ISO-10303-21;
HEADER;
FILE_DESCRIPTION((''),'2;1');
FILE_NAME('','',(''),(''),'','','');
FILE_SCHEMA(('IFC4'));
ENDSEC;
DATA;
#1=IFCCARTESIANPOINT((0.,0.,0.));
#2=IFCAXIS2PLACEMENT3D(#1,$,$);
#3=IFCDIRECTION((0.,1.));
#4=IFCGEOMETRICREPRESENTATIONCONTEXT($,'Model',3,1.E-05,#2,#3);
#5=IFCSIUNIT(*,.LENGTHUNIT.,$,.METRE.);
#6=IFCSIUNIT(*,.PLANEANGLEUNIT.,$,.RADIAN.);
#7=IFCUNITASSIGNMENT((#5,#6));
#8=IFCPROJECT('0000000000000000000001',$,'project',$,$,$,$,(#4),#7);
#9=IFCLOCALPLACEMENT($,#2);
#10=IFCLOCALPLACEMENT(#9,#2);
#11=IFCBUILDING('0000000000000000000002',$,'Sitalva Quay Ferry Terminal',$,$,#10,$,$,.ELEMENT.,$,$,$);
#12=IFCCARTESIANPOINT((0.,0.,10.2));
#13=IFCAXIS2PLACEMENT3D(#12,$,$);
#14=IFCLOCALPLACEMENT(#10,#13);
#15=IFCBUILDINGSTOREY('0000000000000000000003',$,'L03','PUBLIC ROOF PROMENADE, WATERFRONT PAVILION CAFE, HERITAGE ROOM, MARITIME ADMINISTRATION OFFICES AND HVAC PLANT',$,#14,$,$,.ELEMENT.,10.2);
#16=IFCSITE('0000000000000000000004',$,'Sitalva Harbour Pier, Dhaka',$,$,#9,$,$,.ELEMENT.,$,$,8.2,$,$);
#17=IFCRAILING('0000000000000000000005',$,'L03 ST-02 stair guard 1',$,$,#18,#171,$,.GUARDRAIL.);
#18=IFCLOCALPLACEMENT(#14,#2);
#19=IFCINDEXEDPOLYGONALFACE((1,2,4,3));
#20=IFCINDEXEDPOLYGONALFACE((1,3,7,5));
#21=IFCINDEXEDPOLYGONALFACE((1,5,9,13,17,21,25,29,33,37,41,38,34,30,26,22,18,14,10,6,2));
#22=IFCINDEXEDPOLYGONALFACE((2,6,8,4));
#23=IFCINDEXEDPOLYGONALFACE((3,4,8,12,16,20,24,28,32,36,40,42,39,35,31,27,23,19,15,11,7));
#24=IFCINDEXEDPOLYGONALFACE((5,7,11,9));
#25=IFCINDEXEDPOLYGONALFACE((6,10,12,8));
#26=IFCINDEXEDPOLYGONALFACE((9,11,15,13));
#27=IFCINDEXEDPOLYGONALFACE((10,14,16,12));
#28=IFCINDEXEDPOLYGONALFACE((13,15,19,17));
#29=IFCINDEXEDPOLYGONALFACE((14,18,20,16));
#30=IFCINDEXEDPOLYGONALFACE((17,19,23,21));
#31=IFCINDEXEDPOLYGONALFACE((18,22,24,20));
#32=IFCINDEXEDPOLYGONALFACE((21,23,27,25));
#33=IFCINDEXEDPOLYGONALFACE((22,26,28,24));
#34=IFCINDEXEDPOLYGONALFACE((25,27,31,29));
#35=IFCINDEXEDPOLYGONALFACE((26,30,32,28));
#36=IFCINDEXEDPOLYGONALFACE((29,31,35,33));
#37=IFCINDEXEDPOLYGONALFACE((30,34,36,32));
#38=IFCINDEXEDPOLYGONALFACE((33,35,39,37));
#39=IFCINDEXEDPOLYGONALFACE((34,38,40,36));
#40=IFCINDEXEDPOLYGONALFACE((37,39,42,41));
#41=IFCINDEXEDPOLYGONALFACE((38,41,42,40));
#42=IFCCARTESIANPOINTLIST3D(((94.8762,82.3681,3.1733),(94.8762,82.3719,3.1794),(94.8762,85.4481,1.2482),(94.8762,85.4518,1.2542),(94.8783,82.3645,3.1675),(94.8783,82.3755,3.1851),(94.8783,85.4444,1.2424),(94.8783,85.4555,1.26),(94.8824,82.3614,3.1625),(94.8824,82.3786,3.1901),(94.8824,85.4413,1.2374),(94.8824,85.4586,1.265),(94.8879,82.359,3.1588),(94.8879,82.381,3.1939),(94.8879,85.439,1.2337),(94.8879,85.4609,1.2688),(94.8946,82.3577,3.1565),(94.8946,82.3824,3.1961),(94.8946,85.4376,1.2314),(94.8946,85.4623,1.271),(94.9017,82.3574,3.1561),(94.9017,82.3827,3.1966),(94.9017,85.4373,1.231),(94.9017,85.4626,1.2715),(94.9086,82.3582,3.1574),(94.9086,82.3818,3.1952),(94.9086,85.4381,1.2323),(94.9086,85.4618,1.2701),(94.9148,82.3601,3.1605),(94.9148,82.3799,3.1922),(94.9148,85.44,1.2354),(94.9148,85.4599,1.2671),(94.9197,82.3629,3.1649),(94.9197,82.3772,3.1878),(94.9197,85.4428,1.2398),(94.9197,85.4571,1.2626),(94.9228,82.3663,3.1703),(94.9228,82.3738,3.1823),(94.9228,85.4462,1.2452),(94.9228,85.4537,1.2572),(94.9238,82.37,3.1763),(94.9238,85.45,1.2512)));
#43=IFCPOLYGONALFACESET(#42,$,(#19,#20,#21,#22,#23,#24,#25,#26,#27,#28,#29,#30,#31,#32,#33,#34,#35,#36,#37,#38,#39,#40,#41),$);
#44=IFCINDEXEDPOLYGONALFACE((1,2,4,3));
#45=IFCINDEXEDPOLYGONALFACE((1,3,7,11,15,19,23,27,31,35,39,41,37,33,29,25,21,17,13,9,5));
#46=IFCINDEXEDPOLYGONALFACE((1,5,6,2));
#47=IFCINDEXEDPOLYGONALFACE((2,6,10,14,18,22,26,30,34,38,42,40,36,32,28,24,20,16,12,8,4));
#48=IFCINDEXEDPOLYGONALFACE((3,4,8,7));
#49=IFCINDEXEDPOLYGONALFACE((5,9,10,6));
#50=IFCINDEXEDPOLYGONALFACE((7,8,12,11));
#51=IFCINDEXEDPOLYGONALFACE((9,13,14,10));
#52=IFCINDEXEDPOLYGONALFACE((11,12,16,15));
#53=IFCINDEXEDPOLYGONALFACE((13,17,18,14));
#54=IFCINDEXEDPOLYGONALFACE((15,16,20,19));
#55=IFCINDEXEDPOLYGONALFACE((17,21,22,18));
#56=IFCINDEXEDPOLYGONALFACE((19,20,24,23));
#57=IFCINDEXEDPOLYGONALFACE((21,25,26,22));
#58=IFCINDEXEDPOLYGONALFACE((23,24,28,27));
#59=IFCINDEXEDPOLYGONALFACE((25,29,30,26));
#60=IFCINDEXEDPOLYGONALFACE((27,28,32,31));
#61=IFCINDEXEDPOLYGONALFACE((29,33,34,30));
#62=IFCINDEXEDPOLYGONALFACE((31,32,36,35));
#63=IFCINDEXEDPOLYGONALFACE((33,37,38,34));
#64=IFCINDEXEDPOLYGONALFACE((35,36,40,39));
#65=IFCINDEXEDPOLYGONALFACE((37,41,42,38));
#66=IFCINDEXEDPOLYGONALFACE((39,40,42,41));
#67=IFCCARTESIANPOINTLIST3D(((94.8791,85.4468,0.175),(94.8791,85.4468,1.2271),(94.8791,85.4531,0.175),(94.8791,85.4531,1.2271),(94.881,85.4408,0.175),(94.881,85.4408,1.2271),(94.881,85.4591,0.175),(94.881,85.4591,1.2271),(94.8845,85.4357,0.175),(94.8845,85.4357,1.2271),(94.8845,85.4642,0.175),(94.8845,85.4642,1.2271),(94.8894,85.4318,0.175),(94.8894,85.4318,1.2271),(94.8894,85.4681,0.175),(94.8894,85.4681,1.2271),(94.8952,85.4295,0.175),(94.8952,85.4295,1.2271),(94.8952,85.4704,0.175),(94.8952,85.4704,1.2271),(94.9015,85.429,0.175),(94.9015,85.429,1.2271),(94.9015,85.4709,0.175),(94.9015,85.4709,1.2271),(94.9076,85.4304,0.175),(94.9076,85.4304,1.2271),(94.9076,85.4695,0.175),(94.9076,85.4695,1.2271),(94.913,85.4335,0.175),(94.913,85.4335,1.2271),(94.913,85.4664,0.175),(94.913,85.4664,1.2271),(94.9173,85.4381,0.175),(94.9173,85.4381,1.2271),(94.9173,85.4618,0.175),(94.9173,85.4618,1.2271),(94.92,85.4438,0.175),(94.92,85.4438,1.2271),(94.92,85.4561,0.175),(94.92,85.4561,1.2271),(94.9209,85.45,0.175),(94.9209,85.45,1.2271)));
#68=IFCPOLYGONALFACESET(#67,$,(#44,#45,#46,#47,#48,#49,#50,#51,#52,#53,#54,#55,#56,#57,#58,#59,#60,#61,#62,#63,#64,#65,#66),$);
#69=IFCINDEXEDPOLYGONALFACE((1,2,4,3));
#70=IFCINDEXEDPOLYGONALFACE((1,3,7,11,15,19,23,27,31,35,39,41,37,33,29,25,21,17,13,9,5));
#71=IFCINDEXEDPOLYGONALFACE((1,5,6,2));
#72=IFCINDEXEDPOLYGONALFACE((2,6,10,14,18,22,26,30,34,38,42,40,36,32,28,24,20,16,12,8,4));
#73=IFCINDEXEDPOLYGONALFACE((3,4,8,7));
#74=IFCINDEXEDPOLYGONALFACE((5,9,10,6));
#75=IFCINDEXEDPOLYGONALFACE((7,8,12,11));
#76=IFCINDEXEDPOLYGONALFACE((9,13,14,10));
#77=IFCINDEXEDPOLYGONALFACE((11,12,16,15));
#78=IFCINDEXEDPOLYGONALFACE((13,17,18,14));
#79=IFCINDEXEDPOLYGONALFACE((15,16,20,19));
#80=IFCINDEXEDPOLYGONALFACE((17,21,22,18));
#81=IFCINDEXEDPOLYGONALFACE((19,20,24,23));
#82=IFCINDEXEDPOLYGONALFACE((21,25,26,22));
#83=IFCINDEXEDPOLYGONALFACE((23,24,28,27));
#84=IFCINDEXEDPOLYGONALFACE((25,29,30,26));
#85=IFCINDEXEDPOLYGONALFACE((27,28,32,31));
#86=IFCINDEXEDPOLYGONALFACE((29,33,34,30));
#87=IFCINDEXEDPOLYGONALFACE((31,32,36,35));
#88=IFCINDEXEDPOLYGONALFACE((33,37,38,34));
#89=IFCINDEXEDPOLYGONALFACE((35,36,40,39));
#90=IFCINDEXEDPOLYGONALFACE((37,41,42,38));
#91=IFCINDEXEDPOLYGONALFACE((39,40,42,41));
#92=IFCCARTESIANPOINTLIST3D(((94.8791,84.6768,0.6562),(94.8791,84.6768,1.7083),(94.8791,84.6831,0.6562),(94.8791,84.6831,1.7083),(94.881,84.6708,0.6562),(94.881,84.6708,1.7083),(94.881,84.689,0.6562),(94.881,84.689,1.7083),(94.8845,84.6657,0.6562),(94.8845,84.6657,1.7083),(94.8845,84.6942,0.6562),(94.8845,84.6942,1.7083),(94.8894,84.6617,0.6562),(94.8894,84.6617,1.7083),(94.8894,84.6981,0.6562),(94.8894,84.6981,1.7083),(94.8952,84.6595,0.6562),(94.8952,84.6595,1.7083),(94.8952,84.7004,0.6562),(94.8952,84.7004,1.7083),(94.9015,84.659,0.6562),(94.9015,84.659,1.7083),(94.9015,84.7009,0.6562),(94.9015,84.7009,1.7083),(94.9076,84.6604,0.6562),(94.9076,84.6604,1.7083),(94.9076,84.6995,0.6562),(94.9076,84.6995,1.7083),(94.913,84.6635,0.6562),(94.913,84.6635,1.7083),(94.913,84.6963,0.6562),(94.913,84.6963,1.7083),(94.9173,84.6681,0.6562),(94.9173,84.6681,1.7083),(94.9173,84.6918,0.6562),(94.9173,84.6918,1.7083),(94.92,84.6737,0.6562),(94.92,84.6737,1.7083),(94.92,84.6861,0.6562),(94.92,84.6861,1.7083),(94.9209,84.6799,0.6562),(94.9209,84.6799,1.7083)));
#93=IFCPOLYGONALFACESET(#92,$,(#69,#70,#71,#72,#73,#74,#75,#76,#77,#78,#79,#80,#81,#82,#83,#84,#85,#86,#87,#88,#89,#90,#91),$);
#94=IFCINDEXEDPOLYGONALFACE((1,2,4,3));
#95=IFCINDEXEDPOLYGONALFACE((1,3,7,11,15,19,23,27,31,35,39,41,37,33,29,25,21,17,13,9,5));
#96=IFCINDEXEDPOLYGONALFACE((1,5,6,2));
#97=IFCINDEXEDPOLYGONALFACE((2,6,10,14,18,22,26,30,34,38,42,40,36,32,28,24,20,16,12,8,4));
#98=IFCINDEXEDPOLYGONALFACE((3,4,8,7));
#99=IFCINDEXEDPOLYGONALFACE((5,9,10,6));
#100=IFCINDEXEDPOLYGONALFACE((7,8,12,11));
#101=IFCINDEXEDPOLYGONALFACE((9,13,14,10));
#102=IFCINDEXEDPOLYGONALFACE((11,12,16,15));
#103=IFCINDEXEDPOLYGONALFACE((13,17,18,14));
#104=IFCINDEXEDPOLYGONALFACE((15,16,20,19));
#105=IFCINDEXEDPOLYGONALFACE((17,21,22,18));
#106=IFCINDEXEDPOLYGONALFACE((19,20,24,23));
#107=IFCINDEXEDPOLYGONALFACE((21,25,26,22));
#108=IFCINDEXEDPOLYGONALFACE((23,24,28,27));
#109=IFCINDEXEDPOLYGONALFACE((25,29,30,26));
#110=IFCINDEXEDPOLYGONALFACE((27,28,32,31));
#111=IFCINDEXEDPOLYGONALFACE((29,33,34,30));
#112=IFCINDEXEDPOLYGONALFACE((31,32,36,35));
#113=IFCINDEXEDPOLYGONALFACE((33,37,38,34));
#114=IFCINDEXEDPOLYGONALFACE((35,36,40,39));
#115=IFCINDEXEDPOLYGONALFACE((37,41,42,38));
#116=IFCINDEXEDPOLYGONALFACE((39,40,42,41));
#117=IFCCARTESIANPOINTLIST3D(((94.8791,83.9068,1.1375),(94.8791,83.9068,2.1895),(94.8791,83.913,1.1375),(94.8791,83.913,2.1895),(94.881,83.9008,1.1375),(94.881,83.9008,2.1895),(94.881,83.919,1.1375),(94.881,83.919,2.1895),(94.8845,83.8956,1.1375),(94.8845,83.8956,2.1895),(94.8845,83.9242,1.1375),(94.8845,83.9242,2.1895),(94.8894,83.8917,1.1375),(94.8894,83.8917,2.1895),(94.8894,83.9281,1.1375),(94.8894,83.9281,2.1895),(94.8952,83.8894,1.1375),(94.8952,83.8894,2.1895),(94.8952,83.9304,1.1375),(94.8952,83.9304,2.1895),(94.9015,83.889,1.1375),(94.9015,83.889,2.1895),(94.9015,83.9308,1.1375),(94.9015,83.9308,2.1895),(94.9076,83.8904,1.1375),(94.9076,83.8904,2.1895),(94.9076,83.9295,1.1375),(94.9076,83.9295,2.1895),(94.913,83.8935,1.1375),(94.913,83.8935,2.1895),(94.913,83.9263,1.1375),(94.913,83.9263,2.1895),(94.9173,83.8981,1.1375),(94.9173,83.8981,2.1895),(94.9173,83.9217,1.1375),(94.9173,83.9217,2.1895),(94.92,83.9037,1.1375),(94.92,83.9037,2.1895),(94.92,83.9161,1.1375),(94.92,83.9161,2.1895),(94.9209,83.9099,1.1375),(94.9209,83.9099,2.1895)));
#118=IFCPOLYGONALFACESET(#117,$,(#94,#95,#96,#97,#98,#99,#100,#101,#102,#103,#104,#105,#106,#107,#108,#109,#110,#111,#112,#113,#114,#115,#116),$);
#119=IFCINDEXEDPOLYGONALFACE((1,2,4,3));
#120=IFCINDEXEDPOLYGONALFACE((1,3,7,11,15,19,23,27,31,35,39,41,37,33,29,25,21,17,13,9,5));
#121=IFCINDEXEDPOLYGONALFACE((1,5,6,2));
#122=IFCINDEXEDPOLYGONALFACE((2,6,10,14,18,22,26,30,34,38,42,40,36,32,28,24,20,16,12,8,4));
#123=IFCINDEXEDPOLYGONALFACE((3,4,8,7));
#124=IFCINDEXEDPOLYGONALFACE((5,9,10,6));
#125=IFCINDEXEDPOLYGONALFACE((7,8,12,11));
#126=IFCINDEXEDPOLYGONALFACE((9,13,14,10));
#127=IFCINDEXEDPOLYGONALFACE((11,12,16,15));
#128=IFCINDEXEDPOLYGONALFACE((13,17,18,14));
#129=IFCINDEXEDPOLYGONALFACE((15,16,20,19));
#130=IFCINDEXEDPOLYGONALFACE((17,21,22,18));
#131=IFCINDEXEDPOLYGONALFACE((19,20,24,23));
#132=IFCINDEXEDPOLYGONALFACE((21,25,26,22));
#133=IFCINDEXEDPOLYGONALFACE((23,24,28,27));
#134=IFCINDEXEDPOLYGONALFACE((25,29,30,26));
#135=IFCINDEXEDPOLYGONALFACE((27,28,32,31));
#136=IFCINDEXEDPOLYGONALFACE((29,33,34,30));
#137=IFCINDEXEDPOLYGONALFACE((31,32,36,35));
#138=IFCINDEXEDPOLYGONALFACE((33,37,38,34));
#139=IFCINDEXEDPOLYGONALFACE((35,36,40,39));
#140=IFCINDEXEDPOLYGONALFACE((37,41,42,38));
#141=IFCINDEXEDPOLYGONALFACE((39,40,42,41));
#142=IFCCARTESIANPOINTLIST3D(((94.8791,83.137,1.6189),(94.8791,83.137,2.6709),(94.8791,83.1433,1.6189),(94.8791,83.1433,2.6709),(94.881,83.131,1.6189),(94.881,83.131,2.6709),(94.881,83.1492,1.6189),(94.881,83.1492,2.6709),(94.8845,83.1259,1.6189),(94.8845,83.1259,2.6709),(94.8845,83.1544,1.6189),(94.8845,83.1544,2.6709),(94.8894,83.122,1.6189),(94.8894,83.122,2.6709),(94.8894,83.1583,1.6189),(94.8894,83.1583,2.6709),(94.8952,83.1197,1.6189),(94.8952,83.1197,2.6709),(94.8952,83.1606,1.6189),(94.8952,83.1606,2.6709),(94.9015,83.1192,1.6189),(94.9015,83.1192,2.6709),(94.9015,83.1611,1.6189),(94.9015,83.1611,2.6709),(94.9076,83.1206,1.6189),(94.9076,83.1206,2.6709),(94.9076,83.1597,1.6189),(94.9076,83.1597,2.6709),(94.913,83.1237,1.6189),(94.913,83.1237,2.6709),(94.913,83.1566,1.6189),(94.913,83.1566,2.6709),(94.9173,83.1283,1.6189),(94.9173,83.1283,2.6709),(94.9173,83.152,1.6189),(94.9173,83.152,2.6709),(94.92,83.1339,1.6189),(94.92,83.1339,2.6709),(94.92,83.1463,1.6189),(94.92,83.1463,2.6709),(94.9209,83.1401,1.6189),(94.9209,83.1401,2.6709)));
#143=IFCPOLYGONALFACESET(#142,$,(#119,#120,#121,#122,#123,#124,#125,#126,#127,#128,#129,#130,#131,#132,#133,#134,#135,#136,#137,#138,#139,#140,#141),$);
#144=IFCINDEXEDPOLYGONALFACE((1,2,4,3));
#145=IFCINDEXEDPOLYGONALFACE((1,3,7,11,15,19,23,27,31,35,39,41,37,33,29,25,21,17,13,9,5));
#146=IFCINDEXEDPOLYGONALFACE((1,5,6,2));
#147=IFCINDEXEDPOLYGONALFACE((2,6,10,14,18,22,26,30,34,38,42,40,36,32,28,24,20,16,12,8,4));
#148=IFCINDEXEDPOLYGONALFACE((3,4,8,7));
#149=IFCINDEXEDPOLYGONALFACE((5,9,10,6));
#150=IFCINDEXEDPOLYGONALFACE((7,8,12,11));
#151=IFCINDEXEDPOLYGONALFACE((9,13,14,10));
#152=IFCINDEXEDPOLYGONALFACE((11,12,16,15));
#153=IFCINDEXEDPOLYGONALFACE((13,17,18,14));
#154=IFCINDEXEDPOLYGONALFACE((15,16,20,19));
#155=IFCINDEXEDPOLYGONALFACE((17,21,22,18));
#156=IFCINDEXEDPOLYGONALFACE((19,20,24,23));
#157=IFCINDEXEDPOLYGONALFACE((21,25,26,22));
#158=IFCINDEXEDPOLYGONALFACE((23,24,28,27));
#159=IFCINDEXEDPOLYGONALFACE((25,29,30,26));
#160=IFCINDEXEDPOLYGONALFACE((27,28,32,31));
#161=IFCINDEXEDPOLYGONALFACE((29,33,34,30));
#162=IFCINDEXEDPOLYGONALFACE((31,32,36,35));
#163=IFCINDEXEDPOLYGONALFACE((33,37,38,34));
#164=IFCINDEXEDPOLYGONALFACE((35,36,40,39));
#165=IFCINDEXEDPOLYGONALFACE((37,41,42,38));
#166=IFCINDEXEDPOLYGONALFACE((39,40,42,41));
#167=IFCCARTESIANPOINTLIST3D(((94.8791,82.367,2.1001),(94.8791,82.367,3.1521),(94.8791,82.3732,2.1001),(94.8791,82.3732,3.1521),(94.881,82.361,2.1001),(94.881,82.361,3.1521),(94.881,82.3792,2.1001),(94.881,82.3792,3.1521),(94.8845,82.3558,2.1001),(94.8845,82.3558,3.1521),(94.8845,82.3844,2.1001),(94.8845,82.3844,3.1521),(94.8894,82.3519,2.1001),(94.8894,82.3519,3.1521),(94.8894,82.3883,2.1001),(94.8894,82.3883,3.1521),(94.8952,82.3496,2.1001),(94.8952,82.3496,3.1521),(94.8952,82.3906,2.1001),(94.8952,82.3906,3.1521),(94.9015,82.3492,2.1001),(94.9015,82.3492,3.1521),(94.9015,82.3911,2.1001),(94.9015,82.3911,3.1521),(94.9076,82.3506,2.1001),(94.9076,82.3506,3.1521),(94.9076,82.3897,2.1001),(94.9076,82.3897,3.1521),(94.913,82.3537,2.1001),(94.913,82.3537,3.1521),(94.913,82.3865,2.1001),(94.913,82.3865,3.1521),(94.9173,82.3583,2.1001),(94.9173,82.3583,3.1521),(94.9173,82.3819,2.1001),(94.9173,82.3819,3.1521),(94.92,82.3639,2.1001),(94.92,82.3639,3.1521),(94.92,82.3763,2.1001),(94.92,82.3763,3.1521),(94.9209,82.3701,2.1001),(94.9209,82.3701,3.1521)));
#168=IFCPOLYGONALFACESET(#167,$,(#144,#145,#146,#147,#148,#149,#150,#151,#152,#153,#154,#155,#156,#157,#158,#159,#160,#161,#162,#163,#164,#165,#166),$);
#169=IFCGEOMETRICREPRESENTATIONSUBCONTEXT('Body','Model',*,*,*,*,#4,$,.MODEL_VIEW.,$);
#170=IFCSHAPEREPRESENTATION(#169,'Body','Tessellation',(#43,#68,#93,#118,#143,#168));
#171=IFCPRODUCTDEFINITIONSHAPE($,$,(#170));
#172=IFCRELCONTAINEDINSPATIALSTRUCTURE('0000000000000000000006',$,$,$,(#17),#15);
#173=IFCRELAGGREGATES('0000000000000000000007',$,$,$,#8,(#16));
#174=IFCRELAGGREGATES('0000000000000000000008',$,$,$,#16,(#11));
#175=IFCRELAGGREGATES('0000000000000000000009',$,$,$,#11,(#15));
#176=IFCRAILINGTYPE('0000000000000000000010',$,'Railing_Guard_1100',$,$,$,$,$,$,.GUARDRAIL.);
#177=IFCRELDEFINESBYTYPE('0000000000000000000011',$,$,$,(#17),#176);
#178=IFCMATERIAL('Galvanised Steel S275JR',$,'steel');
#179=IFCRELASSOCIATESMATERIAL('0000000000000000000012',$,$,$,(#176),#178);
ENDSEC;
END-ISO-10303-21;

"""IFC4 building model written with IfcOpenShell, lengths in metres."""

from ifc_helpers import new_model, si_unit, direction, frame, origin, origin_2d, place, context, subcontext, project, spatial, circle, extrude, material, type_object, element, save


model = new_model("IFC4")

# Units and contexts
model_context = context("Model", 3, precision=1e-05, world=origin(), true_north=direction((0.0, 1.0)))
body_context = subcontext(model_context, "Body", "Model", "MODEL_VIEW")
ifc_project = project(units=[si_unit("LENGTHUNIT", "METRE"), si_unit("PLANEANGLEUNIT", "RADIAN")], contexts=[model_context])

# Site, building, storey
site_placement = place(None, origin())
site = spatial("IfcSite", under=ifc_project, at=site_placement, Name="Sitalva Harbour Pier, Dhaka", CompositionType="ELEMENT", RefElevation=8.2)
building_placement = place(site_placement, origin())
building = spatial("IfcBuilding", under=site, at=building_placement, Name="Sitalva Quay Ferry Terminal", CompositionType="ELEMENT")
storey_placement = place(building_placement, frame((0.0, 0.0, 10.2)))
storey = spatial("IfcBuildingStorey", under=building, at=storey_placement, Name="L03", Description="PUBLIC ROOF PROMENADE, WATERFRONT PAVILION CAFE, HERITAGE ROOM, MARITIME ADMINISTRATION OFFICES AND HVAC PLANT", CompositionType="ELEMENT", Elevation=10.2)

# Railing
ifc_material_1 = material(Name="Galvanised Steel S275JR", Category="steel")
railing_type_1 = type_object("IfcRailingType", Name="Railing_Guard_1100", PredefinedType="GUARDRAIL", material=ifc_material_1)
railing_1_placement = place(storey_placement, frame((94.8999, 85.45, 0.175)))
element("IfcRailing", 1, at=railing_1_placement, inside=storey, type_object=railing_type_1, Name="L03 ST-02 stair guard 1", PredefinedType="GUARDRAIL", context=body_context, shape_type="SweptSolid", body=[
    extrude(circle(Radius=0.0239, at=origin_2d()), frame((0.0, 0.0, 1.0762), z_axis=(0.0, -0.847979, 0.530029), x_axis=(1.0, 0.0, 0.0)), (0.0, 0.0, 1.0), 3.6321),
    extrude(circle(Radius=0.021, at=origin_2d()), origin(), (0.0, 0.0, 1.0), 1.052),
    extrude(circle(Radius=0.021, at=origin_2d()), frame((0.0, -0.77, 0.4812)), (0.0, 0.0, 1.0), 1.052),
    extrude(circle(Radius=0.021, at=origin_2d()), frame((0.0, -1.54, 0.9624)), (0.0, 0.0, 1.0), 1.052),
    extrude(circle(Radius=0.021, at=origin_2d()), frame((0.0, -2.3098, 1.4438)), (0.0, 0.0, 1.0), 1.052),
    extrude(circle(Radius=0.021, at=origin_2d()), frame((0.0, -3.0798, 1.925)), (0.0, 0.0, 1.0), 1.052),
])

save(model, "model.ifc")
